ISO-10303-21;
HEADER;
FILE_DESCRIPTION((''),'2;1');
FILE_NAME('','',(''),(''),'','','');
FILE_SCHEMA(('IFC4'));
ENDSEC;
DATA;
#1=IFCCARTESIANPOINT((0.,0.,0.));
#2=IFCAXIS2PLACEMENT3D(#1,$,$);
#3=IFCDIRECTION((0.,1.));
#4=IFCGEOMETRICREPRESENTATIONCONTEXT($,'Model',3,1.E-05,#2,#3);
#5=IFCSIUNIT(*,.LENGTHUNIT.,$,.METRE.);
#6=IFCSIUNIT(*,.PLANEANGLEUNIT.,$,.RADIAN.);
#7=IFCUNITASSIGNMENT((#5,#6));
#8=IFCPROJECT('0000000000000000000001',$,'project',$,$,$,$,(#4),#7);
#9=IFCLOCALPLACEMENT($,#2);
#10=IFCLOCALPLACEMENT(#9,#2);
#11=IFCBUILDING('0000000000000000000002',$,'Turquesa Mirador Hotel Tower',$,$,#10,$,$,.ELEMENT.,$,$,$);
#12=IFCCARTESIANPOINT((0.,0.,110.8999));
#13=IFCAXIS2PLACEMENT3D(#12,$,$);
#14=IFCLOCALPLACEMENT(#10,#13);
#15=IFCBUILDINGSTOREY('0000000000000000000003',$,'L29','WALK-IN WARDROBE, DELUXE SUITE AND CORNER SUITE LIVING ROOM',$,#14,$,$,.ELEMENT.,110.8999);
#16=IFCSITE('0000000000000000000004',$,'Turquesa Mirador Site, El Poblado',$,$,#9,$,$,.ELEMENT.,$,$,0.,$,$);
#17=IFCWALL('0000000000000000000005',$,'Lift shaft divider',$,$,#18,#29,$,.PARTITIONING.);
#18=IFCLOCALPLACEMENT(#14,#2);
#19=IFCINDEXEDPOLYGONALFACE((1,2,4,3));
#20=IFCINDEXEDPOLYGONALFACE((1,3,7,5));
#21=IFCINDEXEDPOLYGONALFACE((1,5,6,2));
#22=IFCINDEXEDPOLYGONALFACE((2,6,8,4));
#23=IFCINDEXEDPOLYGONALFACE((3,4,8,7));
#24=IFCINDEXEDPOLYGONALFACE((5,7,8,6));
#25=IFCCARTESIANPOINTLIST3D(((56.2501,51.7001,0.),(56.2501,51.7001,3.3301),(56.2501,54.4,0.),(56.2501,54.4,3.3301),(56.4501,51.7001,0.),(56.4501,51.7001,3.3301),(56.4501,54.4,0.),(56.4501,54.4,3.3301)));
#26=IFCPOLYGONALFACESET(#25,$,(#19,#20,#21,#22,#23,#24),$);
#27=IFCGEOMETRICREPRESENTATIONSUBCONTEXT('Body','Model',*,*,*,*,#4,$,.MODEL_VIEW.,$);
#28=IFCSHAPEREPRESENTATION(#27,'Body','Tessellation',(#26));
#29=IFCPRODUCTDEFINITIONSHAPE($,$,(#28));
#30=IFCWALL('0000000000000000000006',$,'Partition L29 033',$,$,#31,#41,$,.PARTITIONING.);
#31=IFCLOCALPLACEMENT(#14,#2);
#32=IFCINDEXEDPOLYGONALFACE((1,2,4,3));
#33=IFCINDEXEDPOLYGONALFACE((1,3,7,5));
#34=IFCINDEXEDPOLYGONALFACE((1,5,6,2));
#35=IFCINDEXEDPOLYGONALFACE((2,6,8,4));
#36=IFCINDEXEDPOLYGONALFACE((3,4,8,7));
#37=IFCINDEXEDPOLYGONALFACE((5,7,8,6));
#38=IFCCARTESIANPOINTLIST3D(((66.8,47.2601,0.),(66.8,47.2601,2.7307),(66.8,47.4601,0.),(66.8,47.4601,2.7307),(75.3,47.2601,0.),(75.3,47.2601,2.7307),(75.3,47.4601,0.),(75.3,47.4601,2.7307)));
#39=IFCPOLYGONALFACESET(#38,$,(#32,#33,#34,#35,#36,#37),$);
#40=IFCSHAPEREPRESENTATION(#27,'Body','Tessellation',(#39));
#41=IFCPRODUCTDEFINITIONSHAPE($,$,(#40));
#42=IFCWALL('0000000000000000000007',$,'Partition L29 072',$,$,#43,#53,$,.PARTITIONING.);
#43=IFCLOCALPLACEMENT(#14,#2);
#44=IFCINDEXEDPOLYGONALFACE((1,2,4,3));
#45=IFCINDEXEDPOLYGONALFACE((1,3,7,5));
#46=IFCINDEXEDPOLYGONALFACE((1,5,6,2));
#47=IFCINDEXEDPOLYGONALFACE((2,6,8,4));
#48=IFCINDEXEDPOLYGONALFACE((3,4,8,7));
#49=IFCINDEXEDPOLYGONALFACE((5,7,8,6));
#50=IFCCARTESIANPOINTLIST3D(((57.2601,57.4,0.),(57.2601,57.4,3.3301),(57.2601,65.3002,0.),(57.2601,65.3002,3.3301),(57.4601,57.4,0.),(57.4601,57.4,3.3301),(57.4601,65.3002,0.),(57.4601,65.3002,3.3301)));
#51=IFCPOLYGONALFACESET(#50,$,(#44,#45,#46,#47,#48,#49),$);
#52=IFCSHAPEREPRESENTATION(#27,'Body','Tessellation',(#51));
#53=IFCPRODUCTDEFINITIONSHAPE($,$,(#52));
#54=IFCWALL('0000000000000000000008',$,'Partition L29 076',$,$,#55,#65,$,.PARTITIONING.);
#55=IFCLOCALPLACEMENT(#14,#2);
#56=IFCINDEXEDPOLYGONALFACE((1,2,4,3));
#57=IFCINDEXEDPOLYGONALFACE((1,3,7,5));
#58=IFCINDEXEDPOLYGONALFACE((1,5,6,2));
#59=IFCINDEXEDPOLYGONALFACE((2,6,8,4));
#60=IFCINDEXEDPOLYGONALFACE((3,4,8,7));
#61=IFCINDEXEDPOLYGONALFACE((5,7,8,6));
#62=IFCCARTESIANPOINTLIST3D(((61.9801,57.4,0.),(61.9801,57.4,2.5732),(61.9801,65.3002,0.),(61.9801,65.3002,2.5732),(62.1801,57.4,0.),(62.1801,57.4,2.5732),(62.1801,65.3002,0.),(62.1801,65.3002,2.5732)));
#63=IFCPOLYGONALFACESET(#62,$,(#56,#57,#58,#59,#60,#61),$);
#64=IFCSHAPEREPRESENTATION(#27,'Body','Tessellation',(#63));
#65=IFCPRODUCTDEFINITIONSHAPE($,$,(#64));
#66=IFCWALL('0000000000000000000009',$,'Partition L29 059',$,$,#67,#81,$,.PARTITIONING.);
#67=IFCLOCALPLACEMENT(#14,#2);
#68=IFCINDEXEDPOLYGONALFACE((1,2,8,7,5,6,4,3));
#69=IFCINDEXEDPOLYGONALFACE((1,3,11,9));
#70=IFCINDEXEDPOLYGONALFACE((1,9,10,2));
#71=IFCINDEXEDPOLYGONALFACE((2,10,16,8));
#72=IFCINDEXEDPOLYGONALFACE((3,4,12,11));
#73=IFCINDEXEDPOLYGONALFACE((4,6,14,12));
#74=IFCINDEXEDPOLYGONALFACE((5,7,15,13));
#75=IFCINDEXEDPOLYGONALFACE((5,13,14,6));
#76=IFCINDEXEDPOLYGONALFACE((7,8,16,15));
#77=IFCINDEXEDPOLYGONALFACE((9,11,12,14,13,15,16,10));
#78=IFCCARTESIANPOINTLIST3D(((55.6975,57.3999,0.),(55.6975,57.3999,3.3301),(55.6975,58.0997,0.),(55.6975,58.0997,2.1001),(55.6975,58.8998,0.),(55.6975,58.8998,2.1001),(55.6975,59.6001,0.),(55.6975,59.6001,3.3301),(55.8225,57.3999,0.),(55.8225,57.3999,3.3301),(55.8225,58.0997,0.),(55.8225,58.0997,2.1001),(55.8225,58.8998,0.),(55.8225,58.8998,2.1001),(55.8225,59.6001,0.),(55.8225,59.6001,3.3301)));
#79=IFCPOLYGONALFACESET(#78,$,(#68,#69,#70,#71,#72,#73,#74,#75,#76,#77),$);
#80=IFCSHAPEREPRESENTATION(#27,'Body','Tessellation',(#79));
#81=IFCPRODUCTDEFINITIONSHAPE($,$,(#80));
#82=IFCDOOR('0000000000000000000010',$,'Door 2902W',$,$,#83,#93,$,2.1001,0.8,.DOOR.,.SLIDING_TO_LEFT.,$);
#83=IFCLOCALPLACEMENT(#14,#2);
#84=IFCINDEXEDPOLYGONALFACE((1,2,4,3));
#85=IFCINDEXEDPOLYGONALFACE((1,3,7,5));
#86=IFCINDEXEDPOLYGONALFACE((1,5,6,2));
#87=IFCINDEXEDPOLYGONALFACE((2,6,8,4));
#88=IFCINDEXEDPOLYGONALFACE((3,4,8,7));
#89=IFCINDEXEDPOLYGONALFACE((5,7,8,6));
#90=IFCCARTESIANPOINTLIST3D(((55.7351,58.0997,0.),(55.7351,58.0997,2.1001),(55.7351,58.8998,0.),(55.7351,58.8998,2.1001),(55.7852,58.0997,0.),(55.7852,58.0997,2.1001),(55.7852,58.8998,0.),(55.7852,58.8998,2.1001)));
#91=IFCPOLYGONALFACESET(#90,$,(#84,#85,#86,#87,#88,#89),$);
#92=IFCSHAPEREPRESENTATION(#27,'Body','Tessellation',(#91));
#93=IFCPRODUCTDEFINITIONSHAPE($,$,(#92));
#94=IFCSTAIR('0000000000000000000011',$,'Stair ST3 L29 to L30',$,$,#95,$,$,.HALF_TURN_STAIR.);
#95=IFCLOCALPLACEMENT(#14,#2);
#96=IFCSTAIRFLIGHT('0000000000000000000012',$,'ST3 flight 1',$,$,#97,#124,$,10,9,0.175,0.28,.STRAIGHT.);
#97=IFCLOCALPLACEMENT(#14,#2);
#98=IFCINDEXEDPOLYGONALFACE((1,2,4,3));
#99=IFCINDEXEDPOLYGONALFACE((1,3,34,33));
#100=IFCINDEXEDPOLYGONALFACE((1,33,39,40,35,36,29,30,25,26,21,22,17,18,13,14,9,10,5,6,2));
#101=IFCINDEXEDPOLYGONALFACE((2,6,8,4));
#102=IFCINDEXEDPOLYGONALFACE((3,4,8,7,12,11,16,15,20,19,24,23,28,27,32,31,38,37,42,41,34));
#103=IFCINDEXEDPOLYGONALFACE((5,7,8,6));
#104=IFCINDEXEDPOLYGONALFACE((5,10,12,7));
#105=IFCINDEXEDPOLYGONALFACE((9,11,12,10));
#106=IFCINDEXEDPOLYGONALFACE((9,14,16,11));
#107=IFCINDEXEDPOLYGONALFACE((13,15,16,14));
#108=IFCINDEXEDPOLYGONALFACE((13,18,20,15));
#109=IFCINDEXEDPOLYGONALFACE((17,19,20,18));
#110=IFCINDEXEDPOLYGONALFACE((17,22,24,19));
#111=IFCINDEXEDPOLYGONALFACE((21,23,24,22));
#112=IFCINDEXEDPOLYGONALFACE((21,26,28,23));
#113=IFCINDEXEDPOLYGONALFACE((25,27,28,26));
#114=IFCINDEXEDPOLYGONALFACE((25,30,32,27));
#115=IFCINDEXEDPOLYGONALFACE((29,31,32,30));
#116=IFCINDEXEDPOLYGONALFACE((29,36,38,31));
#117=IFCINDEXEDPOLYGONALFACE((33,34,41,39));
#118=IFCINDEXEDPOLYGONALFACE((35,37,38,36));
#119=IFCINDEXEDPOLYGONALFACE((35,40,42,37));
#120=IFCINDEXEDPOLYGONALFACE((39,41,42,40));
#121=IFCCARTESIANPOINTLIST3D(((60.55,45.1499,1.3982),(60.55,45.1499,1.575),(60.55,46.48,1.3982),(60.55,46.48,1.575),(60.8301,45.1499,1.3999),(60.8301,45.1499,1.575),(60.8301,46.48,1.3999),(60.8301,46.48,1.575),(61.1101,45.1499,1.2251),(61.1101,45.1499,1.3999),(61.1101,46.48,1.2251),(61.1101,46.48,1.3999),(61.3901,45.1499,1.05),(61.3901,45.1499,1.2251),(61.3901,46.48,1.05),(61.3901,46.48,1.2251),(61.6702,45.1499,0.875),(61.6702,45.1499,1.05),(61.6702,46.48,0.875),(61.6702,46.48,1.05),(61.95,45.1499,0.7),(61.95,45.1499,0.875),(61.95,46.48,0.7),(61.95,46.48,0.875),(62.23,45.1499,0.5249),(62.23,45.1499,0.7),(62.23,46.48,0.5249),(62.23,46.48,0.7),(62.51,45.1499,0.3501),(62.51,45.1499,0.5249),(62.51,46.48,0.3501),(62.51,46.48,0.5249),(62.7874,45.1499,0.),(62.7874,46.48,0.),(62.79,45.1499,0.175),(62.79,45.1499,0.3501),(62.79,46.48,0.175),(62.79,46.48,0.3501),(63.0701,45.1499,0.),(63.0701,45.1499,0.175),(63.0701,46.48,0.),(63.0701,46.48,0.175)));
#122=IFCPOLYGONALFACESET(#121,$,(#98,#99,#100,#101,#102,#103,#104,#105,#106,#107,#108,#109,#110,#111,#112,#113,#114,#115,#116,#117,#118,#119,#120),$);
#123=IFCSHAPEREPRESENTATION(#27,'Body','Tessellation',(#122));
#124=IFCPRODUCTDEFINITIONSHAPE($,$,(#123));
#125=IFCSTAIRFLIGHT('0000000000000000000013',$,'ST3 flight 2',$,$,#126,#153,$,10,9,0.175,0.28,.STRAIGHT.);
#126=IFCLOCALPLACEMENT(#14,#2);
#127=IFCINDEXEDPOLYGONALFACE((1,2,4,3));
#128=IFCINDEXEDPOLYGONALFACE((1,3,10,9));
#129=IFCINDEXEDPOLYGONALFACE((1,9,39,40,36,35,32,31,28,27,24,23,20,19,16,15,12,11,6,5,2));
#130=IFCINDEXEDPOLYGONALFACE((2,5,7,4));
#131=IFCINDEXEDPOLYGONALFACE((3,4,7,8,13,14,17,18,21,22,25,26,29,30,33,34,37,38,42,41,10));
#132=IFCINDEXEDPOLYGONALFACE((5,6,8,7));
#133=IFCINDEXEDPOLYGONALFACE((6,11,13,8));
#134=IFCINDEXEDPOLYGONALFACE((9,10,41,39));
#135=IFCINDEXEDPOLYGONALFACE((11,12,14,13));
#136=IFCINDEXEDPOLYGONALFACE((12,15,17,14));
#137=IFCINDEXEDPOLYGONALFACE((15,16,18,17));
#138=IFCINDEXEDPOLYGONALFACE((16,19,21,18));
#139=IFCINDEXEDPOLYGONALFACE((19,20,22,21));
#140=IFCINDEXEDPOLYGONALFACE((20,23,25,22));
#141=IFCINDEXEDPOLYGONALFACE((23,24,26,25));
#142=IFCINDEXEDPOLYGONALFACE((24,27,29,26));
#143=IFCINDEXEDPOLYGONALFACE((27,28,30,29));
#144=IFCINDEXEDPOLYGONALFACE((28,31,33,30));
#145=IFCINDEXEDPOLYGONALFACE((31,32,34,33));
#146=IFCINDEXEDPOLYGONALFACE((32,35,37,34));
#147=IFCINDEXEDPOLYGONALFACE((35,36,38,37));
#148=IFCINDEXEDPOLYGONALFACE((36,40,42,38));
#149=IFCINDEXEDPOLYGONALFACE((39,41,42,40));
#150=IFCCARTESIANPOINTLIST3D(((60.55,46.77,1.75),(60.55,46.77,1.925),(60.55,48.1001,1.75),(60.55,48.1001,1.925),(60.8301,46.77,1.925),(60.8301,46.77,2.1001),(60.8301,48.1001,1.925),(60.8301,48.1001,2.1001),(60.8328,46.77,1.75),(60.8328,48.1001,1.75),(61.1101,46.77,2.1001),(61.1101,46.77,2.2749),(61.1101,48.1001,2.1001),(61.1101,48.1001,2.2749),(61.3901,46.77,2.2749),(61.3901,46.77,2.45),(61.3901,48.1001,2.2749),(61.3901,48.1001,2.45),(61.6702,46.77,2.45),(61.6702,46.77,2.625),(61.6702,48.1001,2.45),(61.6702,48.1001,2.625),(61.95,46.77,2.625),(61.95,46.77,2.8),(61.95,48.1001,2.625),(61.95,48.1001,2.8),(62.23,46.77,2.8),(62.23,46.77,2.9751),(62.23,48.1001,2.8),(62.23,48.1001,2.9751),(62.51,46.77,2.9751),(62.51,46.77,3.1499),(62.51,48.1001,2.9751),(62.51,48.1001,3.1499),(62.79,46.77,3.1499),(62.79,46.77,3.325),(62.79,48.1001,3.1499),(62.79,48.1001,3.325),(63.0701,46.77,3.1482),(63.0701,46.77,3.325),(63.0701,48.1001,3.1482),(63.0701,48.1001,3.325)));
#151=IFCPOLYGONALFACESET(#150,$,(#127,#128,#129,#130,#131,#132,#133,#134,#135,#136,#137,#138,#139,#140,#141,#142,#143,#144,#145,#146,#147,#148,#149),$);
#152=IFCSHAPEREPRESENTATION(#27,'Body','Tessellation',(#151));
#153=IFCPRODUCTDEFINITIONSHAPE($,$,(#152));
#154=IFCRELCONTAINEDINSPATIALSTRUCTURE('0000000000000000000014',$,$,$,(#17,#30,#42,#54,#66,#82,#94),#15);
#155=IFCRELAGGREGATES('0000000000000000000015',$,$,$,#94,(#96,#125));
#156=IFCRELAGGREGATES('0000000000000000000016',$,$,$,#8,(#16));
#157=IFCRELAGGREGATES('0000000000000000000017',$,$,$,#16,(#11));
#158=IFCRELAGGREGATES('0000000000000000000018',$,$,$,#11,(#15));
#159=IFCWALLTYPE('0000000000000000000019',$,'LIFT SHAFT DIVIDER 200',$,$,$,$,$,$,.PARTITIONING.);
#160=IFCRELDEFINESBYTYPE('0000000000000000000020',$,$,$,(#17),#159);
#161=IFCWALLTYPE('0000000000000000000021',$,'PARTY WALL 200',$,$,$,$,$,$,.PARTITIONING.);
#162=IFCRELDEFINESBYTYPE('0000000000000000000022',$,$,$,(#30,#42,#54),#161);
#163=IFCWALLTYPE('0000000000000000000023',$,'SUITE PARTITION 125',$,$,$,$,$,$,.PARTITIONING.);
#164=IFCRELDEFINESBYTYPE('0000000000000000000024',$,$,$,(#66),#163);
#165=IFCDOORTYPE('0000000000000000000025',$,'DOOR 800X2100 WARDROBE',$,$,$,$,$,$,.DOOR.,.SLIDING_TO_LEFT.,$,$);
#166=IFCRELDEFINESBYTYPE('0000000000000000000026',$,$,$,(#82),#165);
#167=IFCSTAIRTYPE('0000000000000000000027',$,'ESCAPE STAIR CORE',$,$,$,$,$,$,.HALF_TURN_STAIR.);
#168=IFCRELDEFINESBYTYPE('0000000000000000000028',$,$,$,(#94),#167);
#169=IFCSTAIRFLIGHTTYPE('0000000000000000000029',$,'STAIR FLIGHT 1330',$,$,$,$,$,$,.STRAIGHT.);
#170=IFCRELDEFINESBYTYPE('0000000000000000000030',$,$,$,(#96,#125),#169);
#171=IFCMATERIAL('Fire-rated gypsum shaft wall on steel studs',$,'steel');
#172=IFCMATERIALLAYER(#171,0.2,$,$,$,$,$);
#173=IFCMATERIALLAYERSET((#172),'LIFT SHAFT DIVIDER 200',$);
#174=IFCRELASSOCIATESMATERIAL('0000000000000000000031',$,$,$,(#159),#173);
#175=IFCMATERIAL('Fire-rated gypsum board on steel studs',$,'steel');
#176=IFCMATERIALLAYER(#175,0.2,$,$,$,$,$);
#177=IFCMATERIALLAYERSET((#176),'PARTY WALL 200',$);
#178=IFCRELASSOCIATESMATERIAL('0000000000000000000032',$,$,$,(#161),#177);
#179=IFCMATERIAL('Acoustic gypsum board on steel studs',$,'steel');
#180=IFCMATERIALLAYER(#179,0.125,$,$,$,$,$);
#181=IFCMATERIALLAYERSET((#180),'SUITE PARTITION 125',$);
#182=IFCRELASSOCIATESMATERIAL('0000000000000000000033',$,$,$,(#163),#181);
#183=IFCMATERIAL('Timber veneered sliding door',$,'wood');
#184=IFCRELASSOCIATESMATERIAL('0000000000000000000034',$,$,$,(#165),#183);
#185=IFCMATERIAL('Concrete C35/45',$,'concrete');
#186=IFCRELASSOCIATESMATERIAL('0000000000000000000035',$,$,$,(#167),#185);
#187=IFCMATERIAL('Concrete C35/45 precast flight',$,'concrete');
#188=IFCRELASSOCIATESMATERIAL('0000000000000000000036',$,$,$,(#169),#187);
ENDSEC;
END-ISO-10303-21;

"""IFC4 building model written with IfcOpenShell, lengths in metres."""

from ifc_helpers import new_model, si_unit, direction, frame, frame_2d, origin, place, context, subcontext, project, spatial, polyline, rectangle, outline, extrude, material, layer, layer_set, type_object, element, fill, aggregate, save


model = new_model("IFC4")

# Units and contexts
model_context = context("Model", 3, precision=1e-05, world=origin(), true_north=direction((0.0, 1.0)))
body_context = subcontext(model_context, "Body", "Model", "MODEL_VIEW")
ifc_project = project(units=[si_unit("LENGTHUNIT", "METRE"), si_unit("PLANEANGLEUNIT", "RADIAN")], contexts=[model_context])

# Site, building, storey
site_placement = place(None, origin())
site = spatial("IfcSite", under=ifc_project, at=site_placement, Name="Turquesa Mirador Site, El Poblado", CompositionType="ELEMENT", RefElevation=0.0)
building_placement = place(site_placement, origin())
building = spatial("IfcBuilding", under=site, at=building_placement, Name="Turquesa Mirador Hotel Tower", CompositionType="ELEMENT")
storey_placement = place(building_placement, frame((0.0, 0.0, 110.8999)))
storey = spatial("IfcBuildingStorey", under=building, at=storey_placement, Name="L29", Description="WALK-IN WARDROBE, DELUXE SUITE AND CORNER SUITE LIVING ROOM", CompositionType="ELEMENT", Elevation=110.8999)

# Walls
ifc_material_1 = material(Name="Fire-rated gypsum shaft wall on steel studs", Category="steel")
ifc_layer_1 = layer(ifc_material_1, 0.2)
ifc_layer_set_1 = layer_set([ifc_layer_1], Name="LIFT SHAFT DIVIDER 200")
wall_type_1 = type_object("IfcWallType", Name="LIFT SHAFT DIVIDER 200", PredefinedType="PARTITIONING", material=ifc_layer_set_1)
for number, where, z_axis, x_axis, name in (
    (1, (56.3501, 51.7, 0.0), (0.0, 0.0, 1.0), (0.0, 1.0, 0.0), "Lift shaft divider"),
):
    element("IfcWall", number, at=place(storey_placement, frame(where, z_axis=z_axis, x_axis=x_axis)), inside=storey, type_object=wall_type_1, Name=name, PredefinedType="PARTITIONING", context=body_context, shape_type="SweptSolid", body=[
        extrude(rectangle(XDim=2.7, YDim=0.2, at=frame_2d((1.3501, 0.0))), origin(), (0.0, 0.0, 1.0), 3.3301),
    ])
ifc_material_2 = material(Name="Fire-rated gypsum board on steel studs", Category="steel")
ifc_layer_2 = layer(ifc_material_2, 0.2)
ifc_layer_set_2 = layer_set([ifc_layer_2], Name="PARTY WALL 200")
wall_type_2 = type_object("IfcWallType", Name="PARTY WALL 200", PredefinedType="PARTITIONING", material=ifc_layer_set_2)
wall_1_placement = place(storey_placement, frame((66.8, 47.3601, 0.0), z_axis=(0.0, 0.0, 1.0), x_axis=(1.0, 0.0, 0.0)))
element("IfcWall", 2, at=wall_1_placement, inside=storey, type_object=wall_type_2, Name="Partition L29 033", PredefinedType="PARTITIONING", context=body_context, shape_type="SweptSolid", body=[
    extrude(rectangle(XDim=8.5, YDim=0.2, at=frame_2d((4.25, 0.0))), origin(), (0.0, 0.0, 1.0), 2.7307),
])
wall_2_placement = place(storey_placement, frame((57.3601, 57.3999, 0.0), z_axis=(0.0, 0.0, 1.0), x_axis=(0.0, 1.0, 0.0)))
element("IfcWall", 3, at=wall_2_placement, inside=storey, type_object=wall_type_2, Name="Partition L29 072", PredefinedType="PARTITIONING", context=body_context, shape_type="SweptSolid", body=[
    extrude(rectangle(XDim=7.9001, YDim=0.2, at=frame_2d((3.9502, 0.0))), origin(), (0.0, 0.0, 1.0), 3.3301),
])
wall_3_placement = place(storey_placement, frame((62.0801, 57.3999, 0.0), z_axis=(0.0, 0.0, 1.0), x_axis=(0.0, 1.0, 0.0)))
element("IfcWall", 4, at=wall_3_placement, inside=storey, type_object=wall_type_2, Name="Partition L29 076", PredefinedType="PARTITIONING", context=body_context, shape_type="SweptSolid", body=[
    extrude(rectangle(XDim=7.9001, YDim=0.2, at=frame_2d((3.9502, 0.0))), origin(), (0.0, 0.0, 1.0), 2.5732),
])

# Wall, opening, door
ifc_material_3 = material(Name="Acoustic gypsum board on steel studs", Category="steel")
ifc_layer_3 = layer(ifc_material_3, 0.125)
ifc_layer_set_3 = layer_set([ifc_layer_3], Name="SUITE PARTITION 125")
wall_type_3 = type_object("IfcWallType", Name="SUITE PARTITION 125", PredefinedType="PARTITIONING", material=ifc_layer_set_3)
wall_4_placement = place(storey_placement, frame((55.76, 57.3999, 0.0), z_axis=(0.0, 0.0, 1.0), x_axis=(0.0, 1.0, 0.0)))
wall_4 = element("IfcWall", 5, at=wall_4_placement, inside=storey, type_object=wall_type_3, Name="Partition L29 059", PredefinedType="PARTITIONING", context=body_context, shape_type="SweptSolid", body=[
    extrude(rectangle(XDim=2.2002, YDim=0.125, at=frame_2d((1.1001, 0.0))), origin(), (0.0, 0.0, 1.0), 3.3301),
])
opening_1_placement = place(wall_4_placement, frame((0.7, 0.0, 0.0)))
opening_1 = element("IfcOpeningElement", 6, at=opening_1_placement, cuts=wall_4, PredefinedType="OPENING", context=body_context, shape_type="SweptSolid", body=[
    extrude(rectangle(XDim=0.8, YDim=2.1001, at=frame_2d((0.3999, 1.05))), frame((0.0, 0.0725, 0.0), z_axis=(0.0, -1.0, 0.0), x_axis=(1.0, 0.0, 0.0)), (0.0, 0.0, 1.0), 0.145),
])
ifc_material_4 = material(Name="Timber veneered sliding door", Category="wood")
door_type_1 = type_object("IfcDoorType", Name="DOOR 800X2100 WARDROBE", OperationType="SLIDING_TO_LEFT", PredefinedType="DOOR", material=ifc_material_4)
door_1_placement = place(opening_1_placement, origin())
door_1 = element("IfcDoor", 7, at=door_1_placement, inside=storey, type_object=door_type_1, Name="Door 2902W", OperationType="SLIDING_TO_LEFT", OverallHeight=2.1001, OverallWidth=0.8, PredefinedType="DOOR", context=body_context, shape_type="SweptSolid", body=[
    extrude(rectangle(XDim=0.8, YDim=2.1001, at=frame_2d((0.3999, 1.05))), frame((0.0, 0.0249, 0.0), z_axis=(0.0, -1.0, 0.0), x_axis=(1.0, 0.0, 0.0)), (0.0, 0.0, 1.0), 0.05),
])
fill(opening_1, door_1)

# Stair, stair flights
ifc_material_5 = material(Name="Concrete C35/45", Category="concrete")
stair_type = type_object("IfcStairType", Name="ESCAPE STAIR CORE", PredefinedType="HALF_TURN_STAIR", material=ifc_material_5)
stair_placement = place(storey_placement, origin())
stair = element("IfcStair", 8, at=stair_placement, inside=storey, type_object=stair_type, Name="Stair ST3 L29 to L30", PredefinedType="HALF_TURN_STAIR")
ifc_material_6 = material(Name="Concrete C35/45 precast flight", Category="concrete")
stair_flight_type = type_object("IfcStairFlightType", Name="STAIR FLIGHT 1330", PredefinedType="STRAIGHT", material=ifc_material_6)
stair_flight_1_placement = place(storey_placement, frame((63.0701, 45.8149, 0.0), z_axis=(0.0, 0.0, 1.0), x_axis=(-1.0, 0.0, 0.0)))
stair_flight_1 = element("IfcStairFlight", 9, at=stair_flight_1_placement, type_object=stair_flight_type, Name="ST3 flight 1", NumberOfRisers=10, NumberOfTreads=9, PredefinedType="STRAIGHT", RiserHeight=0.175, TreadLength=0.28, context=body_context, shape_type="SweptSolid", body=[
    extrude(outline(polyline([(0.0, 0.0), (0.0, 0.175), (0.28, 0.175), (0.28, 0.3501), (0.5601, 0.3501), (0.5601, 0.5249), (0.8401, 0.5249), (0.8401, 0.7), (1.1201, 0.7), (1.1201, 0.875), (1.3999, 0.875), (1.3999, 1.05), (1.6799, 1.05), (1.6799, 1.2251), (1.96, 1.2251), (1.96, 1.3999), (2.24, 1.3999), (2.24, 1.575), (2.52, 1.575), (2.52, 1.75), (2.52, 1.3982), (0.2827, 0.0), (0.0, 0.0)])), frame((0.0, 0.665, 0.0), z_axis=(0.0, -1.0, 0.0), x_axis=(1.0, 0.0, 0.0)), (0.0, 0.0, 1.0), 1.3301),
])
stair_flight_2_placement = place(storey_placement, frame((60.55, 47.4351, 1.75), z_axis=(0.0, 0.0, 1.0), x_axis=(1.0, 0.0, 0.0)))
stair_flight_2 = element("IfcStairFlight", 10, at=stair_flight_2_placement, type_object=stair_flight_type, Name="ST3 flight 2", NumberOfRisers=10, NumberOfTreads=9, PredefinedType="STRAIGHT", RiserHeight=0.175, TreadLength=0.28, context=body_context, shape_type="SweptSolid", body=[
    extrude(outline(polyline([(0.0, 0.0), (0.0, 0.175), (0.28, 0.175), (0.28, 0.3501), (0.5601, 0.3501), (0.5601, 0.5249), (0.8401, 0.5249), (0.8401, 0.7), (1.1201, 0.7), (1.1201, 0.875), (1.3999, 0.875), (1.3999, 1.05), (1.6799, 1.05), (1.6799, 1.2251), (1.96, 1.2251), (1.96, 1.3999), (2.24, 1.3999), (2.24, 1.575), (2.52, 1.575), (2.52, 1.75), (2.52, 1.3982), (0.2827, 0.0), (0.0, 0.0)])), frame((0.0, 0.665, 0.0), z_axis=(0.0, -1.0, 0.0), x_axis=(1.0, 0.0, 0.0)), (0.0, 0.0, 1.0), 1.3301),
])
aggregate(stair, [stair_flight_1, stair_flight_2])

save(model, "model.ifc")
